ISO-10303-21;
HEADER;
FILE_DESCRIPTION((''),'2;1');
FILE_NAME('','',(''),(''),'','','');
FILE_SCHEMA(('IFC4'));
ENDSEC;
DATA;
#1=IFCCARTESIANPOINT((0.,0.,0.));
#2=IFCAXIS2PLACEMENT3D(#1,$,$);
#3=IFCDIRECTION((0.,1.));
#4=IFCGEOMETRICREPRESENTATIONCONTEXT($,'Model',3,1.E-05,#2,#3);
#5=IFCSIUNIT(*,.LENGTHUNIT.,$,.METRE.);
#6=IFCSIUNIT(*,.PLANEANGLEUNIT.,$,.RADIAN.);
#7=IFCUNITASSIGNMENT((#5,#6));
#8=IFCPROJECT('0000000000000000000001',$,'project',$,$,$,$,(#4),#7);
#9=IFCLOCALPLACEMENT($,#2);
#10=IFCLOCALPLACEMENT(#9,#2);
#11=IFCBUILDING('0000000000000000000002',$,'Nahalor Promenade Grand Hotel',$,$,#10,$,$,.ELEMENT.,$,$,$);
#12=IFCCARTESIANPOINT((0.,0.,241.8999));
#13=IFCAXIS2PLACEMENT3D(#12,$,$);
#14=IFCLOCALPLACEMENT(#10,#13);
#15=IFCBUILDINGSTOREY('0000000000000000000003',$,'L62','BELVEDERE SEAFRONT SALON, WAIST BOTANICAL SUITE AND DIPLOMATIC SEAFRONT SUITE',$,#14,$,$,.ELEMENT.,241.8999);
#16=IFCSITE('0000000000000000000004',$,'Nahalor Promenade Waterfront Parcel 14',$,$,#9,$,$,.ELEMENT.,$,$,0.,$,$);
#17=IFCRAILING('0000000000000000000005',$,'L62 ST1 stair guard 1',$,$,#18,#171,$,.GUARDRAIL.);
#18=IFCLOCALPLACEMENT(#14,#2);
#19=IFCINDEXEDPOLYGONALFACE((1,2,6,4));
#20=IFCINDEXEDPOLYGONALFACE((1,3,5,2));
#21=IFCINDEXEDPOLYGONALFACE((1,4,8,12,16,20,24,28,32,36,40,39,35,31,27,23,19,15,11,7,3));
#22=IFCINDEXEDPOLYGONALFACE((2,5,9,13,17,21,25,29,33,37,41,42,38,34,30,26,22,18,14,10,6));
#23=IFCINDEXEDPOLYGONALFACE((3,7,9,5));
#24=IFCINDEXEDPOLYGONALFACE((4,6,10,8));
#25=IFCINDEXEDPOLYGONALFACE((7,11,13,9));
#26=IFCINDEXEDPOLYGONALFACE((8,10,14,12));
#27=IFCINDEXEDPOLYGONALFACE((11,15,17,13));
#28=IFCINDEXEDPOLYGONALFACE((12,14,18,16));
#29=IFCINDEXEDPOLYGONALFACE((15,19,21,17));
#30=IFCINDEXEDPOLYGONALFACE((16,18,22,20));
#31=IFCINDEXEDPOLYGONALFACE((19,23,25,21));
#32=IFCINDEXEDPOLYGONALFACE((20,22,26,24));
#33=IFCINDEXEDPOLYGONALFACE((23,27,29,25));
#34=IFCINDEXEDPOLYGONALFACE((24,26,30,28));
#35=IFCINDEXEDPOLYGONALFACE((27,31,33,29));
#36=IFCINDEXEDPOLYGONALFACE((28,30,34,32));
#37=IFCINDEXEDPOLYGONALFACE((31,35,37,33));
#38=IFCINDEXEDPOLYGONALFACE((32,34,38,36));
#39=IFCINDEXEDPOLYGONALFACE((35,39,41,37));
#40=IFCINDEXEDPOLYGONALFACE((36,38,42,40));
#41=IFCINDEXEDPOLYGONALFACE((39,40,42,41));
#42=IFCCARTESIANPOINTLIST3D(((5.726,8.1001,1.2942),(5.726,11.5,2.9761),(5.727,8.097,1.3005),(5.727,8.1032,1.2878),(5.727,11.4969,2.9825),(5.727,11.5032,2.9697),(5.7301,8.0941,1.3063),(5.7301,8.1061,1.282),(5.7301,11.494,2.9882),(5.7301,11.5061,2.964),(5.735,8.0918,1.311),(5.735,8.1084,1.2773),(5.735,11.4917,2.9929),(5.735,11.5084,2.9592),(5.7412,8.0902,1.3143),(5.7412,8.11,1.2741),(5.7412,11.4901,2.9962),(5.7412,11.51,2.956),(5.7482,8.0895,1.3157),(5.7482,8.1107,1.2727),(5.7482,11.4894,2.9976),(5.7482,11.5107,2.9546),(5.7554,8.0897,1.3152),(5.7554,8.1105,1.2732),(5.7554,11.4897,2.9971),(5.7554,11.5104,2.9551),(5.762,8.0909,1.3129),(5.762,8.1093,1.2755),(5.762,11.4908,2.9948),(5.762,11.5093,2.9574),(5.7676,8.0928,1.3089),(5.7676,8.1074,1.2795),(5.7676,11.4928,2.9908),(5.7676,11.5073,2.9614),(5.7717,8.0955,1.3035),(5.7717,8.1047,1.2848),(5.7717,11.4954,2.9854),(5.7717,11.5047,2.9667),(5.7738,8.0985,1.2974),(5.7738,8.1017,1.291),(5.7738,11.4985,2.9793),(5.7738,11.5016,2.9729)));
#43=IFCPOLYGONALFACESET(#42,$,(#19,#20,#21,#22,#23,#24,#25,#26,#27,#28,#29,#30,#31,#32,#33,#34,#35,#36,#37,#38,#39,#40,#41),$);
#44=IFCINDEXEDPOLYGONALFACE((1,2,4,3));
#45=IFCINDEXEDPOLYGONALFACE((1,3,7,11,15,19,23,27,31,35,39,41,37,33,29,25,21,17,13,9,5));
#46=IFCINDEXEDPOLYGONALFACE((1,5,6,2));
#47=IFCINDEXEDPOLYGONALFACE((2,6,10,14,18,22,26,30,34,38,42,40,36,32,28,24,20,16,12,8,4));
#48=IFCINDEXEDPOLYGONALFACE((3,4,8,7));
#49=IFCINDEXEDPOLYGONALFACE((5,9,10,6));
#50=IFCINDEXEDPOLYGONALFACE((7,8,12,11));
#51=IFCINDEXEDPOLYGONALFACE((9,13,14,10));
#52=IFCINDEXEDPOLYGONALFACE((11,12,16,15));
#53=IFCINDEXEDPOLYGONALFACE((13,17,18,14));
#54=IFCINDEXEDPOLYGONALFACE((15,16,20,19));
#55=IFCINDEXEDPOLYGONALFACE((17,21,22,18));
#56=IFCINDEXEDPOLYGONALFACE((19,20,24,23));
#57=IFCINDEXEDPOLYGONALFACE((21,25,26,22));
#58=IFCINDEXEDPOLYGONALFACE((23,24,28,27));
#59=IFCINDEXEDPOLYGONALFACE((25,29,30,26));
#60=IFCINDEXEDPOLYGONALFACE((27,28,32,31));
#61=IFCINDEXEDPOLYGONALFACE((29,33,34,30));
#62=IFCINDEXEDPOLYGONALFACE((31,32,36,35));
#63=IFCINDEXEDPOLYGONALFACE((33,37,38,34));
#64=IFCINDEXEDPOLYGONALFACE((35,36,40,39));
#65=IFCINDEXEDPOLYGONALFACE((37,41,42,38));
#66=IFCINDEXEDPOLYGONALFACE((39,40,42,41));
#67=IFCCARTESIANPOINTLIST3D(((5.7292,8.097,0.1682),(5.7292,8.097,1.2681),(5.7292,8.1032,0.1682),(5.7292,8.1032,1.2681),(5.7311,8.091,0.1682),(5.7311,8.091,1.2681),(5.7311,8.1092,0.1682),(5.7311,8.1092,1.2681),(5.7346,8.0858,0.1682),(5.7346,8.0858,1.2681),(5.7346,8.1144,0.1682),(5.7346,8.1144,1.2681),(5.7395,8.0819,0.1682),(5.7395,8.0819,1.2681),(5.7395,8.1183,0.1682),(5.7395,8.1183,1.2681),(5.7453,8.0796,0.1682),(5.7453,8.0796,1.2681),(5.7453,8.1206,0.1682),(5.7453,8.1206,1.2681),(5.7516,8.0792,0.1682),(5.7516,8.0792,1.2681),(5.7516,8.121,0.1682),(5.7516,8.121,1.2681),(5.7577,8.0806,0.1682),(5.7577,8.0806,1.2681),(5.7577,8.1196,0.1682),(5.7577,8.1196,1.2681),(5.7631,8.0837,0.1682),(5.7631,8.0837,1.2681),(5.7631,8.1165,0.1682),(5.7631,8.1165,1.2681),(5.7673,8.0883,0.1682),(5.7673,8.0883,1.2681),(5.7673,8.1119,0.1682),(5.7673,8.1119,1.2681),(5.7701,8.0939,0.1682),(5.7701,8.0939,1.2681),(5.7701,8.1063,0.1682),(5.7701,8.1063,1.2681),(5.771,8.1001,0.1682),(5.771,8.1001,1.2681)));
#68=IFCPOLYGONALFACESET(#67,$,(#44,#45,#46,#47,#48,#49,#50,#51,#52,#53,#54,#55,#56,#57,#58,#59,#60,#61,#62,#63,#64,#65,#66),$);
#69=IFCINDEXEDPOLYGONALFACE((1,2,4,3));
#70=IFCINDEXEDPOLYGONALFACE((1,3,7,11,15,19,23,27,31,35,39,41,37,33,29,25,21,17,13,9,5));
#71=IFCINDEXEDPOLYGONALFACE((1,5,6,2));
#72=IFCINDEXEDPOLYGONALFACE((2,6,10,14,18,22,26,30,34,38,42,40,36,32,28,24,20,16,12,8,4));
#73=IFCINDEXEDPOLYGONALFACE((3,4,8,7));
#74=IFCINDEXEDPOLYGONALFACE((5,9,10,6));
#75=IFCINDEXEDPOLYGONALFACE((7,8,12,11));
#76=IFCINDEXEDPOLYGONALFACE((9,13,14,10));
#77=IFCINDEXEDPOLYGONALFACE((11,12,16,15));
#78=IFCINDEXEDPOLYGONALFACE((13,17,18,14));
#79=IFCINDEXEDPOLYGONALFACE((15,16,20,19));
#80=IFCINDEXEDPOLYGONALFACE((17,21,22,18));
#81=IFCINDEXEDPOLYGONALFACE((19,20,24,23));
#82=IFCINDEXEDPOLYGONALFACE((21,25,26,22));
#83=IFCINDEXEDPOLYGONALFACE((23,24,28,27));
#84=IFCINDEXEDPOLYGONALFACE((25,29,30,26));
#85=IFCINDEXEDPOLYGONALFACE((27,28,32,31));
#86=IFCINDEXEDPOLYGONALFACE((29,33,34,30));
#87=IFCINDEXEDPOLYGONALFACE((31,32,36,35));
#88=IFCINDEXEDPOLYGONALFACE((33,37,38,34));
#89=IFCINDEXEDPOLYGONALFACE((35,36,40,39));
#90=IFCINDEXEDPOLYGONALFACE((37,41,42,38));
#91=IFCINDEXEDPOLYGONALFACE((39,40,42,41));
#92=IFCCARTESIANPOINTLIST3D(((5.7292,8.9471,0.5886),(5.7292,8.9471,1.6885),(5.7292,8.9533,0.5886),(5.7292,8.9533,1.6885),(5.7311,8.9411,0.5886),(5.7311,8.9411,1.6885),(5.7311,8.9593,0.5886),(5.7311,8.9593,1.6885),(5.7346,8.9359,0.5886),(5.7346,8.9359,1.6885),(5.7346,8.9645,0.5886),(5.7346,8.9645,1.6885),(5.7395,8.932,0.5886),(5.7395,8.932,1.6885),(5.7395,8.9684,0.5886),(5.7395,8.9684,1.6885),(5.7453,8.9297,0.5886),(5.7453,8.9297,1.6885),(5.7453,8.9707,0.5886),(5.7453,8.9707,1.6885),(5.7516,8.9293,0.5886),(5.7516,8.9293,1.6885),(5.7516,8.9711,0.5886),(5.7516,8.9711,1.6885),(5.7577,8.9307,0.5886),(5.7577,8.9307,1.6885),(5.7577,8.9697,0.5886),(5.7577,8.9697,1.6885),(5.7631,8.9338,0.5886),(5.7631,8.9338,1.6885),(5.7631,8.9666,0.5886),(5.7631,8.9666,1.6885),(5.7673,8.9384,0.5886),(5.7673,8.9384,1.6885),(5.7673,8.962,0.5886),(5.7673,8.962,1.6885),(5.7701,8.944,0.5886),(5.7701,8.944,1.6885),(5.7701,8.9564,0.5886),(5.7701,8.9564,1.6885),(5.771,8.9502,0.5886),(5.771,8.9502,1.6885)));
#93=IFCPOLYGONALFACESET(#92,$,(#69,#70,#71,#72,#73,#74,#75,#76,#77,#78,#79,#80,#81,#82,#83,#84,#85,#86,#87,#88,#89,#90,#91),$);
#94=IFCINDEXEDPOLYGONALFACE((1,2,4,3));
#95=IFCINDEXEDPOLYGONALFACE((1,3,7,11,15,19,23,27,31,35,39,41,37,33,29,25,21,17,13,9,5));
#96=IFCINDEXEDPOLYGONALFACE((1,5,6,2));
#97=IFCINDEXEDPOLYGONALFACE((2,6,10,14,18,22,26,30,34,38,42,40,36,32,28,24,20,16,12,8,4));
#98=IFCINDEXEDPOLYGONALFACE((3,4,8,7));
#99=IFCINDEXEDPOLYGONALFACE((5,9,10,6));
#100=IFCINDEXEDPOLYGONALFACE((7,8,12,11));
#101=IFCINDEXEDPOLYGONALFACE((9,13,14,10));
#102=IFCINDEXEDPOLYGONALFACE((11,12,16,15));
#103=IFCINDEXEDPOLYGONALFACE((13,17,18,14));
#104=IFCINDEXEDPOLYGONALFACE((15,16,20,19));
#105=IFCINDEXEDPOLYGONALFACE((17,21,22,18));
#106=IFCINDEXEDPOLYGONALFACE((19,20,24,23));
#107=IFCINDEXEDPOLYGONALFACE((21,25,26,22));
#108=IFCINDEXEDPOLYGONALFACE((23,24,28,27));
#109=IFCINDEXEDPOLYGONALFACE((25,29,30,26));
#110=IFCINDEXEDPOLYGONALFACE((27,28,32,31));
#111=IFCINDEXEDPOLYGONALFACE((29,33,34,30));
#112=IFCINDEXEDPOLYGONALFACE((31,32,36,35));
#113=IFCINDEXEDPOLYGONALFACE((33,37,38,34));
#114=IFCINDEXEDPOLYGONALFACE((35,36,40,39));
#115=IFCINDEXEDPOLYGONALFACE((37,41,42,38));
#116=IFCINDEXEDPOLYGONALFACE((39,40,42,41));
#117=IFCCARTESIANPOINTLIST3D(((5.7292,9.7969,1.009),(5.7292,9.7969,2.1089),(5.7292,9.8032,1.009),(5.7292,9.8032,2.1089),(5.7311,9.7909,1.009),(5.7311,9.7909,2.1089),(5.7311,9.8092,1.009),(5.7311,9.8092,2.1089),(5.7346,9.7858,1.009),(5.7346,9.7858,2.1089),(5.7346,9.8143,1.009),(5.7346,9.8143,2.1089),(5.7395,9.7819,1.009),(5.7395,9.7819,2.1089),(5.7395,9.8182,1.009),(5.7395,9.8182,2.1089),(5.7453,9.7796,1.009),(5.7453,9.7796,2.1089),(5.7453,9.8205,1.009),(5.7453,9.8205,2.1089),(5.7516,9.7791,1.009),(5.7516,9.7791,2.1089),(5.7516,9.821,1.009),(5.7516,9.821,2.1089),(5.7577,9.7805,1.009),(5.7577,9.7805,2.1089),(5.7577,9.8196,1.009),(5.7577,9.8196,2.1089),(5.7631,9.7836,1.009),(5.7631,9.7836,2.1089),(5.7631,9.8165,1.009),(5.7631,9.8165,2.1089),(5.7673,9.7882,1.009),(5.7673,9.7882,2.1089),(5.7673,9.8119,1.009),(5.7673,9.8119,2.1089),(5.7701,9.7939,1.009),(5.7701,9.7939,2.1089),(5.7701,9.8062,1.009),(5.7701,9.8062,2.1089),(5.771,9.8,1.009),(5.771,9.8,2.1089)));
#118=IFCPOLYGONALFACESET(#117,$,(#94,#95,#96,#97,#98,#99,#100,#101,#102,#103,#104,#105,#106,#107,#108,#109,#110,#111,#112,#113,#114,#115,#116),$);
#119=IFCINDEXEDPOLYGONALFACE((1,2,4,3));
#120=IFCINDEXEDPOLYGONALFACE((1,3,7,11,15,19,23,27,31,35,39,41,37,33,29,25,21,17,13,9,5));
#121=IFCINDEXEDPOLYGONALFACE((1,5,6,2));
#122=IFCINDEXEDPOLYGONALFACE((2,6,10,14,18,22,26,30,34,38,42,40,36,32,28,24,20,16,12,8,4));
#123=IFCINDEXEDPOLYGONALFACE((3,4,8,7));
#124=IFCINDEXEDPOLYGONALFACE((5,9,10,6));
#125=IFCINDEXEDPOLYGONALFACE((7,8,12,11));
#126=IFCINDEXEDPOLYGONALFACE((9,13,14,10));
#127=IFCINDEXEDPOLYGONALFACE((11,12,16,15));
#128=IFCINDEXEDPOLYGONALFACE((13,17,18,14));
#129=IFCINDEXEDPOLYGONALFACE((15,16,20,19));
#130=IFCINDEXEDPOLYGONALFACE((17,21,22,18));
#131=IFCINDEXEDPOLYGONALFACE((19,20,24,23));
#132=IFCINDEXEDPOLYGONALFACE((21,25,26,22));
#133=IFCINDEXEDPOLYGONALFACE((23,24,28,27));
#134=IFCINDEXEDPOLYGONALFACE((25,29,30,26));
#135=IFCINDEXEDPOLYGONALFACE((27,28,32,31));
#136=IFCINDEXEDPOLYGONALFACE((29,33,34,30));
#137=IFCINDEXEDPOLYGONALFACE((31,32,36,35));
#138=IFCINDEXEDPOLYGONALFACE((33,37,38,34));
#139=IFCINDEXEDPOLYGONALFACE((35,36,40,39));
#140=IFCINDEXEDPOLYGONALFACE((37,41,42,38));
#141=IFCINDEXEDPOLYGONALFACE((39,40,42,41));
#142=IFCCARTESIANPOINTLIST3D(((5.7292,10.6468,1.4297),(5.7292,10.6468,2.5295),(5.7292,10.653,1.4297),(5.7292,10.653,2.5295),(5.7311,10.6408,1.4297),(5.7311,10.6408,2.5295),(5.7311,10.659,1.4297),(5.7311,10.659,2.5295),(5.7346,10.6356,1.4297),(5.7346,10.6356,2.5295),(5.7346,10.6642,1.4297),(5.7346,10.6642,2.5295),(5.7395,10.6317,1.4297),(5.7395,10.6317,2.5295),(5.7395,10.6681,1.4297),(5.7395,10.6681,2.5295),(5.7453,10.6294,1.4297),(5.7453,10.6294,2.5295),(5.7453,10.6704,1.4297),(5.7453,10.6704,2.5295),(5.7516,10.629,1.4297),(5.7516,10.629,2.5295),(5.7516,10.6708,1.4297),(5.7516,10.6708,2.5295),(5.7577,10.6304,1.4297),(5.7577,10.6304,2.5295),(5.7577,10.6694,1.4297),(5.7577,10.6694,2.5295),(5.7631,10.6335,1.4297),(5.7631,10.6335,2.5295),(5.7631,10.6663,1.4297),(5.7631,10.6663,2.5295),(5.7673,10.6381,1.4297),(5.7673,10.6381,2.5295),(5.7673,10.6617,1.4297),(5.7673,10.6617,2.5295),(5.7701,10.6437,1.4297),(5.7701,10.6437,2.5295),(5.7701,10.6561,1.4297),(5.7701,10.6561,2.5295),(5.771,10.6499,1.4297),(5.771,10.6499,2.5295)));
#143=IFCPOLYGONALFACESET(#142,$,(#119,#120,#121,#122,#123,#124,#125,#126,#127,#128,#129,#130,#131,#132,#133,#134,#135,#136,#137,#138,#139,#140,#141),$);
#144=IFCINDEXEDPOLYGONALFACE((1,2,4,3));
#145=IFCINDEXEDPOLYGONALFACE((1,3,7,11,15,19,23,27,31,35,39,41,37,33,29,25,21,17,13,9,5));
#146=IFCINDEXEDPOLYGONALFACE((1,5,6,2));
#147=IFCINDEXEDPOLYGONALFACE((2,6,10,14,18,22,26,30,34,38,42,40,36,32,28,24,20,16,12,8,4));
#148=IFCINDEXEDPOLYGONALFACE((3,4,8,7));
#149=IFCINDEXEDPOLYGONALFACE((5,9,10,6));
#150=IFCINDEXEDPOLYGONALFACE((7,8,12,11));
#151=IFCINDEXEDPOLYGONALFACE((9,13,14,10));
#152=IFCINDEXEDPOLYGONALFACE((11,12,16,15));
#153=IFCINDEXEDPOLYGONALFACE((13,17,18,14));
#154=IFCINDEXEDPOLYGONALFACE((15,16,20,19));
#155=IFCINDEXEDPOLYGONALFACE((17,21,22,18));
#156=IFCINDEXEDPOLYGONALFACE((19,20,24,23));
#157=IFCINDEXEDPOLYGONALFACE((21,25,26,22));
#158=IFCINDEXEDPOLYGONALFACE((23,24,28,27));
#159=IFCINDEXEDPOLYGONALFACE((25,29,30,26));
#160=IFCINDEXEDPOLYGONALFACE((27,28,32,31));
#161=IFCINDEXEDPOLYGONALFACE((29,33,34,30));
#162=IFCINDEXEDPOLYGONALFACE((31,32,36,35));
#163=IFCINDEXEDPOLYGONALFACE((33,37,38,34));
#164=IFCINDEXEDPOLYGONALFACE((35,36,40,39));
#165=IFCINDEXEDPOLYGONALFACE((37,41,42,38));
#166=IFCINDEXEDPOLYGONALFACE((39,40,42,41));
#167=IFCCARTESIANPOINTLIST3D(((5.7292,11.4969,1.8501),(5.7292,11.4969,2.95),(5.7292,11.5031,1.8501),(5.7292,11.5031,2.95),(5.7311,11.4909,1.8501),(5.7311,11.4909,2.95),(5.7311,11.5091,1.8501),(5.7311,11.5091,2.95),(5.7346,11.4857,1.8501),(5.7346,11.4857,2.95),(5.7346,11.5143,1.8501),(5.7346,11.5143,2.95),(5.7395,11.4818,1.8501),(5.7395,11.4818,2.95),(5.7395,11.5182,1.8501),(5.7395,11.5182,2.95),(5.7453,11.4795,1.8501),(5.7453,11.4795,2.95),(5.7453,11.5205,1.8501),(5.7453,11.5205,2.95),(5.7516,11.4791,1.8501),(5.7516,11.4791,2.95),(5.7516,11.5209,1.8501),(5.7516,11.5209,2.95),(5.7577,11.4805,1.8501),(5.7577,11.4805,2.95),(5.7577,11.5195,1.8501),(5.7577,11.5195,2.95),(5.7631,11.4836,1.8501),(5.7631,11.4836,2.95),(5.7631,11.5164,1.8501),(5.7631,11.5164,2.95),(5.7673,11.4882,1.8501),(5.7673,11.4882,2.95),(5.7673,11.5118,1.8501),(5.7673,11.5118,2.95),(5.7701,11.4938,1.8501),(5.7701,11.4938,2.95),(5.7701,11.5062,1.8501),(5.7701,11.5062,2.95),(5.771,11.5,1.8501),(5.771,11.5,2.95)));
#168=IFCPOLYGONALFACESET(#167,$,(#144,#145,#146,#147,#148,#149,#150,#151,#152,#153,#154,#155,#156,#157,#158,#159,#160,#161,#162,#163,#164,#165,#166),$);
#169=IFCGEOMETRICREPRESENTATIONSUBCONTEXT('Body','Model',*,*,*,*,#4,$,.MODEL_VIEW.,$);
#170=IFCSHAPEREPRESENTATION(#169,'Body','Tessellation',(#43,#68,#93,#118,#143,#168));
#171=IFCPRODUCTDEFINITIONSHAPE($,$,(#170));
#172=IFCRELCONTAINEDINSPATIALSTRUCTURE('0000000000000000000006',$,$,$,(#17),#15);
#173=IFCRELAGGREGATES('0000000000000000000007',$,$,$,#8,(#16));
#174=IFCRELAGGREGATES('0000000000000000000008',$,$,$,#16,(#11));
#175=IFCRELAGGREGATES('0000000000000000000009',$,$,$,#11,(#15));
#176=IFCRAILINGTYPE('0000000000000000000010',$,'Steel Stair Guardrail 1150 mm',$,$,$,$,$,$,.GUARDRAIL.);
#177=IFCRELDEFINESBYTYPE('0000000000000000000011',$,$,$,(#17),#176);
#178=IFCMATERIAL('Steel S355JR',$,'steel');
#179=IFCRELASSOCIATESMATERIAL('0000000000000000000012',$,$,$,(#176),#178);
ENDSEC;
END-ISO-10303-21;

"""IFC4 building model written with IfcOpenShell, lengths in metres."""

from ifc_helpers import new_model, si_unit, direction, frame, origin, origin_2d, place, context, subcontext, project, spatial, circle, extrude, material, type_object, element, save


model = new_model("IFC4")

# Units and contexts
model_context = context("Model", 3, precision=1e-05, world=origin(), true_north=direction((0.0, 1.0)))
body_context = subcontext(model_context, "Body", "Model", "MODEL_VIEW")
ifc_project = project(units=[si_unit("LENGTHUNIT", "METRE"), si_unit("PLANEANGLEUNIT", "RADIAN")], contexts=[model_context])

# Site, building, storey
site_placement = place(None, origin())
site = spatial("IfcSite", under=ifc_project, at=site_placement, Name="Nahalor Promenade Waterfront Parcel 14", CompositionType="ELEMENT", RefElevation=0.0)
building_placement = place(site_placement, origin())
building = spatial("IfcBuilding", under=site, at=building_placement, Name="Nahalor Promenade Grand Hotel", CompositionType="ELEMENT")
storey_placement = place(building_placement, frame((0.0, 0.0, 241.8999)))
storey = spatial("IfcBuildingStorey", under=building, at=storey_placement, Name="L62", Description="BELVEDERE SEAFRONT SALON, WAIST BOTANICAL SUITE AND DIPLOMATIC SEAFRONT SUITE", CompositionType="ELEMENT", Elevation=241.8999)

# Shared definitions
ifc_material_1 = material(Name="Steel S355JR", Category="steel")

# Railing
railing_type_1 = type_object("IfcRailingType", Name="Steel Stair Guardrail 1150 mm", PredefinedType="GUARDRAIL", material=ifc_material_1)
railing_1_placement = place(storey_placement, frame((5.75, 8.1001, 0.1682)))
element("IfcRailing", 1, at=railing_1_placement, inside=storey, type_object=railing_type_1, Name="L62 ST1 stair guard 1", PredefinedType="GUARDRAIL", context=body_context, shape_type="SweptSolid", body=[
    extrude(circle(Radius=0.024, at=origin_2d()), frame((0.0, 0.0, 1.126), z_axis=(0.0, 0.896324, 0.443399), x_axis=(-1.0, 0.0, 0.0)), (0.0, 0.0, 1.0), 3.7932),
    extrude(circle(Radius=0.021, at=origin_2d()), origin(), (0.0, 0.0, 1.0), 1.0999),
    extrude(circle(Radius=0.021, at=origin_2d()), frame((0.0, 0.8501, 0.4204)), (0.0, 0.0, 1.0), 1.0999),
    extrude(circle(Radius=0.021, at=origin_2d()), frame((0.0, 1.7, 0.8408)), (0.0, 0.0, 1.0), 1.0999),
    extrude(circle(Radius=0.021, at=origin_2d()), frame((0.0, 2.5498, 1.2615)), (0.0, 0.0, 1.0), 1.0999),
    extrude(circle(Radius=0.021, at=origin_2d()), frame((0.0, 3.3999, 1.6819)), (0.0, 0.0, 1.0), 1.0999),
])

save(model, "model.ifc")
